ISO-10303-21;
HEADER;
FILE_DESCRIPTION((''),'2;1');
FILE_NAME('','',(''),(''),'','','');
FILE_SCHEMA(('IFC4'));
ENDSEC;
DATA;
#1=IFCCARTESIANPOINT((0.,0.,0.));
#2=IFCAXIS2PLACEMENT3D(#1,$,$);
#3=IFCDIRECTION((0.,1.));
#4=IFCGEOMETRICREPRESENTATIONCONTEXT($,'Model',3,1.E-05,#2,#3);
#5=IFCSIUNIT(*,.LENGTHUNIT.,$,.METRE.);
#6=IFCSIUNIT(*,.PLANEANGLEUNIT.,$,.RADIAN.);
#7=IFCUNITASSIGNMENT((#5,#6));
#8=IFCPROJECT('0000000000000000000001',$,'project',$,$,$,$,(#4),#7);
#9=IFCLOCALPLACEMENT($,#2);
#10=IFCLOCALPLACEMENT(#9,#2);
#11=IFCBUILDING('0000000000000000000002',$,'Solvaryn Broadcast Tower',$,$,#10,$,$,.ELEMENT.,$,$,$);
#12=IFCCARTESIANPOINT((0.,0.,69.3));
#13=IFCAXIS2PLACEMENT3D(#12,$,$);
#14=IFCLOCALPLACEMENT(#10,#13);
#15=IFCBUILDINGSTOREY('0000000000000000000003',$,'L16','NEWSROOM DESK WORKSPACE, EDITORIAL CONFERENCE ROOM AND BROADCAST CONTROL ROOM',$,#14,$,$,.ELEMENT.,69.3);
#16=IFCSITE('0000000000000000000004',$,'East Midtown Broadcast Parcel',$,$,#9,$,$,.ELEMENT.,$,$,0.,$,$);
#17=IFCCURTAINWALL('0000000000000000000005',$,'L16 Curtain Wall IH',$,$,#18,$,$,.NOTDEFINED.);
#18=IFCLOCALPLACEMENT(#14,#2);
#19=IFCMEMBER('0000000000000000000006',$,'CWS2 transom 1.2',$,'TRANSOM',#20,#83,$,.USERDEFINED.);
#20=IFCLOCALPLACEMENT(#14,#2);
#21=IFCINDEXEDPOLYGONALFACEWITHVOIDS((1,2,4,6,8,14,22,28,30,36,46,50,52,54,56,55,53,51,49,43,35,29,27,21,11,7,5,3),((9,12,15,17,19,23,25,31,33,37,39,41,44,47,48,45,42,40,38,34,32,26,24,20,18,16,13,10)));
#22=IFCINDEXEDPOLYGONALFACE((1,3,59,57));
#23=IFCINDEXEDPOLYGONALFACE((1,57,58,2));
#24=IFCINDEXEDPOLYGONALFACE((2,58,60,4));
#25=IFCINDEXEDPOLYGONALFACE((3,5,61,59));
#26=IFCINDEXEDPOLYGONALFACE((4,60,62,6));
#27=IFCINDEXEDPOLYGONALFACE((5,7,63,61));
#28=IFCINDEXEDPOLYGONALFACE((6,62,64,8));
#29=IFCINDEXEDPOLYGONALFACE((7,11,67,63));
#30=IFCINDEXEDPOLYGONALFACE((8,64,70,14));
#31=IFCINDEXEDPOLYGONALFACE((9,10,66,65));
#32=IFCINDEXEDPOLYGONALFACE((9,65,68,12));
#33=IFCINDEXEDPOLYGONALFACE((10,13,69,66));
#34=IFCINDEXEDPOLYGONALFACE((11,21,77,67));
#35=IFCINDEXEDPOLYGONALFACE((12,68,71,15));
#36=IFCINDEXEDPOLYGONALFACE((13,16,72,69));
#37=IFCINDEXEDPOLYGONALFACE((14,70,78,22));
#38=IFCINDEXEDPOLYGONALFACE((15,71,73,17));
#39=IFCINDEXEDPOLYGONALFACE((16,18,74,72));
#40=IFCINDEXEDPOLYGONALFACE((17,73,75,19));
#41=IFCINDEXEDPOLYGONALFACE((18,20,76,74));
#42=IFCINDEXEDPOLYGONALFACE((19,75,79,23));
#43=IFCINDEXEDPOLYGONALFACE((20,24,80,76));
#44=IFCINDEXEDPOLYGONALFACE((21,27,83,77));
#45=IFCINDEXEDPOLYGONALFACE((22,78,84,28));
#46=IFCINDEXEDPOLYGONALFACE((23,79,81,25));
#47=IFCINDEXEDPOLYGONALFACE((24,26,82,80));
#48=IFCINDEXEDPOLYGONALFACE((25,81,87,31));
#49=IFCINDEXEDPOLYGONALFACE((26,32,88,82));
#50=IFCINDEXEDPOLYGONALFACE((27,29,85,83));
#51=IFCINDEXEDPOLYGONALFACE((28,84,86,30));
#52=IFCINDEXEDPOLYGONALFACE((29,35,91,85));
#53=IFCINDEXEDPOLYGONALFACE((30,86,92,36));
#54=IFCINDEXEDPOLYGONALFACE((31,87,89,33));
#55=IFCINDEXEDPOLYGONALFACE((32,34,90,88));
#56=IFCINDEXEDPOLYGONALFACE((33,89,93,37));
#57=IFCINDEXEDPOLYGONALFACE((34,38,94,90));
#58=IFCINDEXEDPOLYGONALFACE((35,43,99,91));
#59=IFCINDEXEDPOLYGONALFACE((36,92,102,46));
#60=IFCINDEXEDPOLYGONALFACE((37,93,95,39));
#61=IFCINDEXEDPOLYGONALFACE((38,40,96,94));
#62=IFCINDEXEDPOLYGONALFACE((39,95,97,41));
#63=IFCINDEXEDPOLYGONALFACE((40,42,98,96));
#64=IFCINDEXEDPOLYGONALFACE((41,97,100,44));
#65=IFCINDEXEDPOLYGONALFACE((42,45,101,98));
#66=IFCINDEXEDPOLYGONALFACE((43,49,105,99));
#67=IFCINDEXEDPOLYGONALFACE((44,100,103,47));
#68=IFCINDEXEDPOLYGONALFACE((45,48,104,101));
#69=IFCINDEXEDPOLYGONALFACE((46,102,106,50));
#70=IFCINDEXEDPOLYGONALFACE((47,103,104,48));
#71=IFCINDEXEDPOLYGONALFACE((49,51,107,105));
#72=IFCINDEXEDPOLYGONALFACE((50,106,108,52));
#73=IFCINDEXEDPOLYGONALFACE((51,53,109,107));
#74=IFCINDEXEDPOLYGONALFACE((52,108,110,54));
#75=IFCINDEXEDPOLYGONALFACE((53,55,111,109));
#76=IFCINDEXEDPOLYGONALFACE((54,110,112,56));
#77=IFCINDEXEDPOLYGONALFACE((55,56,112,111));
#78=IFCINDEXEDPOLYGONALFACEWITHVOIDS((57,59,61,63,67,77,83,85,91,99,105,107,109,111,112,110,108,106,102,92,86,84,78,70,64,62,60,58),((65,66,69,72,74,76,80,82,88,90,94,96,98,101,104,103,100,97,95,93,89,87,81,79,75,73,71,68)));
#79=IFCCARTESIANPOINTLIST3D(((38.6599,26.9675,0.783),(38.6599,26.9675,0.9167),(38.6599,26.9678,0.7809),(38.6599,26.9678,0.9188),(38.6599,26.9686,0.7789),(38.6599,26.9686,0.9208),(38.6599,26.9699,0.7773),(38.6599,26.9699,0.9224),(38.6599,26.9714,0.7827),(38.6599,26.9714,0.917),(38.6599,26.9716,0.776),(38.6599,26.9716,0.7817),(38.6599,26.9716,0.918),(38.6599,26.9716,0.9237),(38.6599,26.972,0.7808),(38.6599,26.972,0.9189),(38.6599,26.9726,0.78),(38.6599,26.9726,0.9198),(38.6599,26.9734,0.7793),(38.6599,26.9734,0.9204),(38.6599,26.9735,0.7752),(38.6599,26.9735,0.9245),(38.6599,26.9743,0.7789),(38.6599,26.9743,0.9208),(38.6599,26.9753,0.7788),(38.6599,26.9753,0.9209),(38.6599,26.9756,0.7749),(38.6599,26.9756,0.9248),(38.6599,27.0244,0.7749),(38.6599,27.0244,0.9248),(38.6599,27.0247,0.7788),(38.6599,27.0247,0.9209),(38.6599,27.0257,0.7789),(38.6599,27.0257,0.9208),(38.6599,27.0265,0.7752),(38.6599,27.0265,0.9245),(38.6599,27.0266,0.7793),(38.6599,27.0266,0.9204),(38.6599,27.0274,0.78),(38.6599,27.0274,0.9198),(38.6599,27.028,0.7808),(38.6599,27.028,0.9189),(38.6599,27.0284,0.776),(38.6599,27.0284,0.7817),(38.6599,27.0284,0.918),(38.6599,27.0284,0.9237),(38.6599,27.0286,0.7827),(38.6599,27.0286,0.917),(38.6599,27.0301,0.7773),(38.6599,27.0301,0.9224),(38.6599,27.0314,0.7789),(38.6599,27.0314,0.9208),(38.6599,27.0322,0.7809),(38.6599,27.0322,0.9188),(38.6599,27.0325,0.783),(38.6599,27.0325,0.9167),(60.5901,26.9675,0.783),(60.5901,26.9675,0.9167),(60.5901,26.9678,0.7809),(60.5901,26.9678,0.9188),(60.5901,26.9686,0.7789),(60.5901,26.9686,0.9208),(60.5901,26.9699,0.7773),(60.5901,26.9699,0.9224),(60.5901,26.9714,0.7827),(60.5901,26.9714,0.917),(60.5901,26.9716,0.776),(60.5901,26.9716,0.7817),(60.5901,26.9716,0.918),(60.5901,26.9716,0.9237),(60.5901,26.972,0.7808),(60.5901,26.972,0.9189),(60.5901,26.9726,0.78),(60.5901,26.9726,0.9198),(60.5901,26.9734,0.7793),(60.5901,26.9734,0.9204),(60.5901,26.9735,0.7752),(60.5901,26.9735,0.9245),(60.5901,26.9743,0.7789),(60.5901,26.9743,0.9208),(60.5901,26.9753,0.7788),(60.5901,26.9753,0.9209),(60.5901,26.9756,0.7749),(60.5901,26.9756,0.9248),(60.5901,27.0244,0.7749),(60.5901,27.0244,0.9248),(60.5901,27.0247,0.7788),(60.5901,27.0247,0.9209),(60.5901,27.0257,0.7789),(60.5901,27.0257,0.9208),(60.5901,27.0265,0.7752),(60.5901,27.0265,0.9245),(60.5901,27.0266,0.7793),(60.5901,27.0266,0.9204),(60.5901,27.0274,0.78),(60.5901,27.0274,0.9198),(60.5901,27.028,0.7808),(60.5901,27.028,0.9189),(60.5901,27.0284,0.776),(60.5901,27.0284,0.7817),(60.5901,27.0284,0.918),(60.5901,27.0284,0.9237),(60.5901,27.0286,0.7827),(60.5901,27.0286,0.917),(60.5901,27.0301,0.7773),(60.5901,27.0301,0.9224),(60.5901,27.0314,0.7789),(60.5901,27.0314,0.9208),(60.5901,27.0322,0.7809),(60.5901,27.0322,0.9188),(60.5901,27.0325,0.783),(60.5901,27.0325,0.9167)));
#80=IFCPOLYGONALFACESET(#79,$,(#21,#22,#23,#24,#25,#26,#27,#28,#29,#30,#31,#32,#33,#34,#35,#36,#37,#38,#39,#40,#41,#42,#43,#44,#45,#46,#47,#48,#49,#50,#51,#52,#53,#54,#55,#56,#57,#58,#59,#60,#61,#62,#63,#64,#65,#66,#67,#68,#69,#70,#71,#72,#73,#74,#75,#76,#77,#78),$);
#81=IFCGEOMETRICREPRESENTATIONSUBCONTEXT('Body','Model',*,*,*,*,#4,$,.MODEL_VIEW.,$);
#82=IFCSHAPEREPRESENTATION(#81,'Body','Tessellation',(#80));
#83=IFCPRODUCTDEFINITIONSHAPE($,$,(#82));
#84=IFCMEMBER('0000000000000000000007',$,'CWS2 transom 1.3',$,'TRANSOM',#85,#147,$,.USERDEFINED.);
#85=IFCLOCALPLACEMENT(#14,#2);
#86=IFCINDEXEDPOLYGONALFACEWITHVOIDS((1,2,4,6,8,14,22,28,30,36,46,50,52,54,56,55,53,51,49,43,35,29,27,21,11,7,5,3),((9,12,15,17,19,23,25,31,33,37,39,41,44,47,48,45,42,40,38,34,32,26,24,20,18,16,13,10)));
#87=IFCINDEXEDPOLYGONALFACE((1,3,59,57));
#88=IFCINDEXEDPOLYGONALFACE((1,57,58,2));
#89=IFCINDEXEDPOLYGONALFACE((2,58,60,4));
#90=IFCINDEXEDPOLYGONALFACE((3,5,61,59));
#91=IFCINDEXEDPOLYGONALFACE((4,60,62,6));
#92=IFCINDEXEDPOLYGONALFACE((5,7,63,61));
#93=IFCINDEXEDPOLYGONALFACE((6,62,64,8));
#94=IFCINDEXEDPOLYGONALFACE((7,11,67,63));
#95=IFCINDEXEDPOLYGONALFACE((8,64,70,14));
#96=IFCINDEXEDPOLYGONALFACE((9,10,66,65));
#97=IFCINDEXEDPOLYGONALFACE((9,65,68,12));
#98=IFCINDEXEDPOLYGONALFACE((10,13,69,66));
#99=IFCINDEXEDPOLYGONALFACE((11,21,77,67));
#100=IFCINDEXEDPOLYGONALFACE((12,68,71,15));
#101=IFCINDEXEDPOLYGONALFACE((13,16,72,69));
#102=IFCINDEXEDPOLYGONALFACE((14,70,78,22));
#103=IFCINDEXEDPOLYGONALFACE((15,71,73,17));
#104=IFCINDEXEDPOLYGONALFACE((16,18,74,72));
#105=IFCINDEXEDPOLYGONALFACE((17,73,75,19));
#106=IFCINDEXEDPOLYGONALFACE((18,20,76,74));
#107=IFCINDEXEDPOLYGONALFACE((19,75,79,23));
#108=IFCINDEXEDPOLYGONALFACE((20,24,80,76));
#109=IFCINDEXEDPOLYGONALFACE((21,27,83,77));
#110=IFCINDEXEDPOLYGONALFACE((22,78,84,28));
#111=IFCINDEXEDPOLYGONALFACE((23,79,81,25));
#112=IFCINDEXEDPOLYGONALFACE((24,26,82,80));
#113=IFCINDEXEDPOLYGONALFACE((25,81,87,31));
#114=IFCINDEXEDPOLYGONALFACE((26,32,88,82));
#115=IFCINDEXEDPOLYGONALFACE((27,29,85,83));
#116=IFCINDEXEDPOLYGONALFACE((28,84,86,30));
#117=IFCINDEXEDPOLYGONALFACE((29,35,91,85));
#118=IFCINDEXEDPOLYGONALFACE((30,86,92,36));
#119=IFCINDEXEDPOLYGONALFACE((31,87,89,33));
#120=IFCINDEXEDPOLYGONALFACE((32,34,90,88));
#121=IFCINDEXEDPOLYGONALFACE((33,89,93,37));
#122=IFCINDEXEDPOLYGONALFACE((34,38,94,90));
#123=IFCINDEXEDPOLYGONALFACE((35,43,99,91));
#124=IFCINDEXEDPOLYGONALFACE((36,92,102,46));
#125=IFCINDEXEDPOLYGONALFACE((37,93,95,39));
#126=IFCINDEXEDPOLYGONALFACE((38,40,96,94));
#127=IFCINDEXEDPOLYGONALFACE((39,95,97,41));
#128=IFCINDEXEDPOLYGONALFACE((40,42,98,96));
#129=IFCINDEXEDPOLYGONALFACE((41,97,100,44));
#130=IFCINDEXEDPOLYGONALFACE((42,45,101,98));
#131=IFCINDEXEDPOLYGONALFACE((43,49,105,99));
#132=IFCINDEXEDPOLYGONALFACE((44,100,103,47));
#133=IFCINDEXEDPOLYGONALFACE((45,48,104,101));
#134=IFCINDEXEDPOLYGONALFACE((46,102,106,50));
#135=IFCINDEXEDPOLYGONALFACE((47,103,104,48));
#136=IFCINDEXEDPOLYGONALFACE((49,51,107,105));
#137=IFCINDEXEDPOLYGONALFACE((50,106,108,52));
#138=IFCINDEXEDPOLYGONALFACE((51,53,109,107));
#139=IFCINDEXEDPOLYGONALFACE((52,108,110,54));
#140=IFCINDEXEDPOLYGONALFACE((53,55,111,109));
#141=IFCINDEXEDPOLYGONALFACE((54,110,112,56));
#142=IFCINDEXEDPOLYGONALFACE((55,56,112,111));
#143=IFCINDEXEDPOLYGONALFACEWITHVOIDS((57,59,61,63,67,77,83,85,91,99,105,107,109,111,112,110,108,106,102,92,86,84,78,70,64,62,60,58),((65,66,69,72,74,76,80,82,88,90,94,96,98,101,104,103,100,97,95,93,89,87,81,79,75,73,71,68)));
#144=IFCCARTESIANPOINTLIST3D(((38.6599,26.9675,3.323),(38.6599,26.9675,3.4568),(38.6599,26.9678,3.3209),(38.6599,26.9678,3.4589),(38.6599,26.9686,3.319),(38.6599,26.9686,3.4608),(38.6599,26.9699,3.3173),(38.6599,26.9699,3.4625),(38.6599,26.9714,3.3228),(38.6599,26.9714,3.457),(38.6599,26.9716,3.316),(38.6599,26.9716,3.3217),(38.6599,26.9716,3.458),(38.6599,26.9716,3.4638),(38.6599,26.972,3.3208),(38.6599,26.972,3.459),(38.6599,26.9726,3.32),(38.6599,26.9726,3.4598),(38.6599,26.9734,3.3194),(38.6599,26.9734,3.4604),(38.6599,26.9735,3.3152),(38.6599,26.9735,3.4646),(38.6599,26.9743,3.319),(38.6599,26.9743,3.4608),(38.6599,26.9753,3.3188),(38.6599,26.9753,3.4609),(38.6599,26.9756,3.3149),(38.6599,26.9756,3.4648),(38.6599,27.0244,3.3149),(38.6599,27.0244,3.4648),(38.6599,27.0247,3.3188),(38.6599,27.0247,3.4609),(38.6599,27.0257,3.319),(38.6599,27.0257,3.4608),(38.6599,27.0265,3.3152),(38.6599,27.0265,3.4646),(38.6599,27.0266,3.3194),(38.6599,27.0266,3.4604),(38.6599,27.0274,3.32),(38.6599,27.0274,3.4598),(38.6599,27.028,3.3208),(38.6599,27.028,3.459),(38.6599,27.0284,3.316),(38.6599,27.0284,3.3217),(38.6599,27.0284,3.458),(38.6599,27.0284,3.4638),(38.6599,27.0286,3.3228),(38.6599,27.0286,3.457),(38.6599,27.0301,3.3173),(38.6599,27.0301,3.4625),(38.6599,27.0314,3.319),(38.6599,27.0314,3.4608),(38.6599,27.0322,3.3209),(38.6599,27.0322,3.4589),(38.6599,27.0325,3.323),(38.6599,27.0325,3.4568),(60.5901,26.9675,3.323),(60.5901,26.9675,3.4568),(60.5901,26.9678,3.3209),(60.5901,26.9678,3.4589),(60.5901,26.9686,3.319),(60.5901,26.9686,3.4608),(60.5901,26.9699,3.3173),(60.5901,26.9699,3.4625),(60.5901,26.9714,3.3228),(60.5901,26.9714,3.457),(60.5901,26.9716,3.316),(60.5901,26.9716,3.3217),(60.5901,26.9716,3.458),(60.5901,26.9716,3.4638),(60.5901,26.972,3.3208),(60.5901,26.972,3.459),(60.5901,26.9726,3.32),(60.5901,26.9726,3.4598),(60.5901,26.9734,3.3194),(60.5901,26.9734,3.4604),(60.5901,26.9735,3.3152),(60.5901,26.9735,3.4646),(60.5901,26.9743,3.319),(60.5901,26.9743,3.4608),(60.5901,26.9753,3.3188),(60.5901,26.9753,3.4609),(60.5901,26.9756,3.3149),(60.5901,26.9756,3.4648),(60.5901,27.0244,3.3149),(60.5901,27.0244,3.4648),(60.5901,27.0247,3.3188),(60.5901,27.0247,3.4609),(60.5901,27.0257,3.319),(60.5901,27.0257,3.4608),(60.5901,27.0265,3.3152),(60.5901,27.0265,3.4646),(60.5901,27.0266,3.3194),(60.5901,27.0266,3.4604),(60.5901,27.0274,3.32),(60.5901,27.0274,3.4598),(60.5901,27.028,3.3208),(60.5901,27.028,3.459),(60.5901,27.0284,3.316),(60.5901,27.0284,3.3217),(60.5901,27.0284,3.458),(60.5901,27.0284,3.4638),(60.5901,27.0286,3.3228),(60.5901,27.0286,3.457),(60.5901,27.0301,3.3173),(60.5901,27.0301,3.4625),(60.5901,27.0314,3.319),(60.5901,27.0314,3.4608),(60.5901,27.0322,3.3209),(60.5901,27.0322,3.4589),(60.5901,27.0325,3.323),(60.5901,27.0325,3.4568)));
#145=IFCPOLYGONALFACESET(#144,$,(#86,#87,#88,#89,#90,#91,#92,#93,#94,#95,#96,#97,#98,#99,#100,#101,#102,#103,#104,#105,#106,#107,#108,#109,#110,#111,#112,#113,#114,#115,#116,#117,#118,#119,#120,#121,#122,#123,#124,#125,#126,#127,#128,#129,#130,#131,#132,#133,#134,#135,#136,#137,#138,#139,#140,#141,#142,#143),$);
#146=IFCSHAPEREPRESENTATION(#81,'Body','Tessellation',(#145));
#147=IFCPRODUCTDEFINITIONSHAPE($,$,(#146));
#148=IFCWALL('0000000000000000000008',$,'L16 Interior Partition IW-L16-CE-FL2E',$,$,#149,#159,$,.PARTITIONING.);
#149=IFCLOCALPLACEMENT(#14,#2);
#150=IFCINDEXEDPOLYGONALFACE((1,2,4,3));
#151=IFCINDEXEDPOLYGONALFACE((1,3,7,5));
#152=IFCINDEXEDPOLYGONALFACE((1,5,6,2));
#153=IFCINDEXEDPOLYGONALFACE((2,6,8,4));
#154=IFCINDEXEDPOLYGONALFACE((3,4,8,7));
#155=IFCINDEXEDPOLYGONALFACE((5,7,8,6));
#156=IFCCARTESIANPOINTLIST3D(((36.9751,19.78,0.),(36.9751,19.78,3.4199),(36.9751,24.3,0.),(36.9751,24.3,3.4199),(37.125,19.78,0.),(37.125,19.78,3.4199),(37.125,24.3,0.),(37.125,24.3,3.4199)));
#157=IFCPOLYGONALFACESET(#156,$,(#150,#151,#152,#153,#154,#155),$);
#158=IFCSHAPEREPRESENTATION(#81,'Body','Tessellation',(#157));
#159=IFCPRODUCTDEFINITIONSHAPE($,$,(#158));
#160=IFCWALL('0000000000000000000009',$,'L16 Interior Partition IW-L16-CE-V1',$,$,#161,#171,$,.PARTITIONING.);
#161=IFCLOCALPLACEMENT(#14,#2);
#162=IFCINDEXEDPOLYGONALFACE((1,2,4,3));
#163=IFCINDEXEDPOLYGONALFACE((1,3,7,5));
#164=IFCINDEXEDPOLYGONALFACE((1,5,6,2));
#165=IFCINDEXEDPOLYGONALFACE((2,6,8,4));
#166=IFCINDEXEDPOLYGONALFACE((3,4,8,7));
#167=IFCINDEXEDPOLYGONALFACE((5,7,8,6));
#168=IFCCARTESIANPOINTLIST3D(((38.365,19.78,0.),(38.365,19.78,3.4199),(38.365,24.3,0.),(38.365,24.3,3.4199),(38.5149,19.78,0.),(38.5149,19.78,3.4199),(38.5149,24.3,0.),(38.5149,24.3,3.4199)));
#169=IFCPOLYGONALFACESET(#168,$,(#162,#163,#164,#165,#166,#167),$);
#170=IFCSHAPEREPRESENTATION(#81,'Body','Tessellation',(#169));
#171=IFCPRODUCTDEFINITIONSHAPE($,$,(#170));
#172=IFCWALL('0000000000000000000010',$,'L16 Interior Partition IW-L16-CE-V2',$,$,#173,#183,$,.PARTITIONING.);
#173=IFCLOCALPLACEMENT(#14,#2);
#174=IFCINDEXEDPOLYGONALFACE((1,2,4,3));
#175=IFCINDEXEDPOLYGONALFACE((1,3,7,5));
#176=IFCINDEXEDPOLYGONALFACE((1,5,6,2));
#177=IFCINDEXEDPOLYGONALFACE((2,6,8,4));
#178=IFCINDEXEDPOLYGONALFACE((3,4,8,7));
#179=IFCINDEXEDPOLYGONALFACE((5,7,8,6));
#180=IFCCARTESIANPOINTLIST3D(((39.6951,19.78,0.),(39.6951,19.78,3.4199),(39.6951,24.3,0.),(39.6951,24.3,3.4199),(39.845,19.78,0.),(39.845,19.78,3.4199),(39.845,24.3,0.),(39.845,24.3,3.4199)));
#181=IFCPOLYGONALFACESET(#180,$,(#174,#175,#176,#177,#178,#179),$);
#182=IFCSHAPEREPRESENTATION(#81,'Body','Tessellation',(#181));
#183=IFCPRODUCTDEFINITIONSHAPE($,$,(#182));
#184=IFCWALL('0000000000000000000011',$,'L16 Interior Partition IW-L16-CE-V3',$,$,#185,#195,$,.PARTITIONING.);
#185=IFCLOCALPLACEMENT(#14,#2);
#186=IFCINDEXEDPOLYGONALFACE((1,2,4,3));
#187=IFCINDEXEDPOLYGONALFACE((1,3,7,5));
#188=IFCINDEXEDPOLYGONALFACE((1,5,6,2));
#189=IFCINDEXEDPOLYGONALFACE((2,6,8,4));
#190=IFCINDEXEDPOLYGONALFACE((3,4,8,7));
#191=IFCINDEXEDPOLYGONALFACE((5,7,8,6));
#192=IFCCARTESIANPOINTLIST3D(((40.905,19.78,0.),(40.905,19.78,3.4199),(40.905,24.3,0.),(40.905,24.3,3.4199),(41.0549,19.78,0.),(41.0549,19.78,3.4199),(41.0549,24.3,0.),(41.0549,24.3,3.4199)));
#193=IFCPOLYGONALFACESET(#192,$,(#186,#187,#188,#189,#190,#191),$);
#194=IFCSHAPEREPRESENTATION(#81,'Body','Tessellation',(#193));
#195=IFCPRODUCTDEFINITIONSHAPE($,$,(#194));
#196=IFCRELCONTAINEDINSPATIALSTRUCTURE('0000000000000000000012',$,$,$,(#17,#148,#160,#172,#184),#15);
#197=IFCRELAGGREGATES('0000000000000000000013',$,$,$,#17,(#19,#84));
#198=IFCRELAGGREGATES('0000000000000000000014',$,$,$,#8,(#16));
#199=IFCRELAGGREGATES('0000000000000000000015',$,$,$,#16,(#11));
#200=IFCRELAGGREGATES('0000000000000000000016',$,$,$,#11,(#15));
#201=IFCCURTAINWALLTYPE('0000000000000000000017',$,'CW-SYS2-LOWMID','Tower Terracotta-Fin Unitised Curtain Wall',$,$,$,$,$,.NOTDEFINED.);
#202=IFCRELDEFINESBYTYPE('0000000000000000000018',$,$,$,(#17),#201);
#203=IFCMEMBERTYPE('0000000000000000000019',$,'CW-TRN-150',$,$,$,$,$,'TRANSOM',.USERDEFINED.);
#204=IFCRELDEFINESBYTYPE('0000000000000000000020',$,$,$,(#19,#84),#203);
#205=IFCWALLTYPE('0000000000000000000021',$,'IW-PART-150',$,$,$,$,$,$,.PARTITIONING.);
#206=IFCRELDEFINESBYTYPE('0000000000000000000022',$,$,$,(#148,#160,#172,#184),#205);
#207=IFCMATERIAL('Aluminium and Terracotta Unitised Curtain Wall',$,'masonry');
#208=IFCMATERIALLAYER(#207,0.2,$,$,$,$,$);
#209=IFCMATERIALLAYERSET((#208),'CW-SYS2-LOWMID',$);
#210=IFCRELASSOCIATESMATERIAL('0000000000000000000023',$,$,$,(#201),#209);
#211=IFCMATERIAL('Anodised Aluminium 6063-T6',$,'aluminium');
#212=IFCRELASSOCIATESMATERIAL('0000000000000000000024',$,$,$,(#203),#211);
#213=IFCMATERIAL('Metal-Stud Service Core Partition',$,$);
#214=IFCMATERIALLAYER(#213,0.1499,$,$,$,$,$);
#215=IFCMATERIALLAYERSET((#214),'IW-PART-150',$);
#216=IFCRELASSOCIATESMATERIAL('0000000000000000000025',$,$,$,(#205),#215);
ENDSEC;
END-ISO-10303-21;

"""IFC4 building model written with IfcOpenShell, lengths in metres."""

from ifc_helpers import new_model, si_unit, direction, frame, frame_2d, origin, origin_2d, place, context, subcontext, project, spatial, rectangle, hollow_rectangle, extrude, material, layer, layer_set, material_profile, profile_set, type_object, element, aggregate, save


model = new_model("IFC4")

# Units and contexts
model_context = context("Model", 3, precision=1e-05, world=origin(), true_north=direction((0.0, 1.0)))
body_context = subcontext(model_context, "Body", "Model", "MODEL_VIEW")
ifc_project = project(units=[si_unit("LENGTHUNIT", "METRE"), si_unit("PLANEANGLEUNIT", "RADIAN")], contexts=[model_context])

# Site, building, storey
site_placement = place(None, origin())
site = spatial("IfcSite", under=ifc_project, at=site_placement, Name="East Midtown Broadcast Parcel", CompositionType="ELEMENT", RefElevation=0.0)
building_placement = place(site_placement, origin())
building = spatial("IfcBuilding", under=site, at=building_placement, Name="Solvaryn Broadcast Tower", CompositionType="ELEMENT")
storey_placement = place(building_placement, frame((0.0, 0.0, 69.3)))
storey = spatial("IfcBuildingStorey", under=building, at=storey_placement, Name="L16", Description="NEWSROOM DESK WORKSPACE, EDITORIAL CONFERENCE ROOM AND BROADCAST CONTROL ROOM", CompositionType="ELEMENT", Elevation=69.3)

# Curtain wall
ifc_material_1 = material(Name="Aluminium and Terracotta Unitised Curtain Wall", Category="masonry")
ifc_layer_1 = layer(ifc_material_1, 0.2)
ifc_layer_set_1 = layer_set([ifc_layer_1], Name="CW-SYS2-LOWMID")
curtain_wall_type = type_object("IfcCurtainWallType", Name="CW-SYS2-LOWMID", Description="Tower Terracotta-Fin Unitised Curtain Wall", PredefinedType="NOTDEFINED", material=ifc_layer_set_1)
curtain_wall_1_placement = place(storey_placement, origin())
curtain_wall_1 = element("IfcCurtainWall", 1, at=curtain_wall_1_placement, inside=storey, type_object=curtain_wall_type, Name="L16 Curtain Wall IH", PredefinedType="NOTDEFINED")

# Members
ifc_material_2 = material(Name="Anodised Aluminium 6063-T6", Category="aluminium")
ifc_material_profile_1 = material_profile(ifc_material_2, hollow_rectangle(XDim=0.0649, YDim=0.1499, WallThickness=0.0039, InnerFilletRadius=0.0039, OuterFilletRadius=0.0081, at=origin_2d()))
ifc_profile_set_1 = profile_set([ifc_material_profile_1], Name="Anodised Aluminium 6063-T6")
member_type_1 = type_object("IfcMemberType", Name="CW-TRN-150", ElementType="TRANSOM", PredefinedType="USERDEFINED", material=ifc_profile_set_1)
member_1_placement = place(storey_placement, frame((38.6599, 27.0, 0.8499), z_axis=(1.0, 0.0, 0.0), x_axis=(0.0, 1.0, 0.0)))
member_1 = element("IfcMember", 2, at=member_1_placement, type_object=member_type_1, Name="CWS2 transom 1.2", ObjectType="TRANSOM", PredefinedType="USERDEFINED", context=body_context, shape_type="SweptSolid", body=[
    extrude(hollow_rectangle(XDim=0.0649, YDim=0.1499, WallThickness=0.0039, InnerFilletRadius=0.0039, OuterFilletRadius=0.0081, at=origin_2d()), origin(), (0.0, 0.0, 1.0), 21.9302),
])
member_2_placement = place(storey_placement, frame((38.6599, 27.0, 3.3899), z_axis=(1.0, 0.0, 0.0), x_axis=(0.0, 1.0, 0.0)))
member_2 = element("IfcMember", 3, at=member_2_placement, type_object=member_type_1, Name="CWS2 transom 1.3", ObjectType="TRANSOM", PredefinedType="USERDEFINED", context=body_context, shape_type="SweptSolid", body=[
    extrude(hollow_rectangle(XDim=0.0649, YDim=0.1499, WallThickness=0.0039, InnerFilletRadius=0.0039, OuterFilletRadius=0.0081, at=origin_2d()), origin(), (0.0, 0.0, 1.0), 21.9302),
])
aggregate(curtain_wall_1, [member_1, member_2])

# Walls
ifc_material_3 = material(Name="Metal-Stud Service Core Partition")
ifc_layer_2 = layer(ifc_material_3, 0.1499)
ifc_layer_set_2 = layer_set([ifc_layer_2], Name="IW-PART-150")
wall_type_1 = type_object("IfcWallType", Name="IW-PART-150", PredefinedType="PARTITIONING", material=ifc_layer_set_2)
for number, where, z_axis, x_axis, name in (
    (4, (37.05, 19.78, 0.0), (0.0, 0.0, 1.0), (0.0, 1.0, 0.0), "L16 Interior Partition IW-L16-CE-FL2E"),
    (5, (38.4399, 19.78, 0.0), (0.0, 0.0, 1.0), (0.0, 1.0, 0.0), "L16 Interior Partition IW-L16-CE-V1"),
    (6, (39.77, 19.78, 0.0), (0.0, 0.0, 1.0), (0.0, 1.0, 0.0), "L16 Interior Partition IW-L16-CE-V2"),
    (7, (40.98, 19.78, 0.0), (0.0, 0.0, 1.0), (0.0, 1.0, 0.0), "L16 Interior Partition IW-L16-CE-V3"),
):
    element("IfcWall", number, at=place(storey_placement, frame(where, z_axis=z_axis, x_axis=x_axis)), inside=storey, type_object=wall_type_1, Name=name, PredefinedType="PARTITIONING", context=body_context, shape_type="SweptSolid", body=[
        extrude(rectangle(XDim=4.52, YDim=0.1499, at=frame_2d((2.26, 0.0))), origin(), (0.0, 0.0, 1.0), 3.4199),
    ])

save(model, "model.ifc")
